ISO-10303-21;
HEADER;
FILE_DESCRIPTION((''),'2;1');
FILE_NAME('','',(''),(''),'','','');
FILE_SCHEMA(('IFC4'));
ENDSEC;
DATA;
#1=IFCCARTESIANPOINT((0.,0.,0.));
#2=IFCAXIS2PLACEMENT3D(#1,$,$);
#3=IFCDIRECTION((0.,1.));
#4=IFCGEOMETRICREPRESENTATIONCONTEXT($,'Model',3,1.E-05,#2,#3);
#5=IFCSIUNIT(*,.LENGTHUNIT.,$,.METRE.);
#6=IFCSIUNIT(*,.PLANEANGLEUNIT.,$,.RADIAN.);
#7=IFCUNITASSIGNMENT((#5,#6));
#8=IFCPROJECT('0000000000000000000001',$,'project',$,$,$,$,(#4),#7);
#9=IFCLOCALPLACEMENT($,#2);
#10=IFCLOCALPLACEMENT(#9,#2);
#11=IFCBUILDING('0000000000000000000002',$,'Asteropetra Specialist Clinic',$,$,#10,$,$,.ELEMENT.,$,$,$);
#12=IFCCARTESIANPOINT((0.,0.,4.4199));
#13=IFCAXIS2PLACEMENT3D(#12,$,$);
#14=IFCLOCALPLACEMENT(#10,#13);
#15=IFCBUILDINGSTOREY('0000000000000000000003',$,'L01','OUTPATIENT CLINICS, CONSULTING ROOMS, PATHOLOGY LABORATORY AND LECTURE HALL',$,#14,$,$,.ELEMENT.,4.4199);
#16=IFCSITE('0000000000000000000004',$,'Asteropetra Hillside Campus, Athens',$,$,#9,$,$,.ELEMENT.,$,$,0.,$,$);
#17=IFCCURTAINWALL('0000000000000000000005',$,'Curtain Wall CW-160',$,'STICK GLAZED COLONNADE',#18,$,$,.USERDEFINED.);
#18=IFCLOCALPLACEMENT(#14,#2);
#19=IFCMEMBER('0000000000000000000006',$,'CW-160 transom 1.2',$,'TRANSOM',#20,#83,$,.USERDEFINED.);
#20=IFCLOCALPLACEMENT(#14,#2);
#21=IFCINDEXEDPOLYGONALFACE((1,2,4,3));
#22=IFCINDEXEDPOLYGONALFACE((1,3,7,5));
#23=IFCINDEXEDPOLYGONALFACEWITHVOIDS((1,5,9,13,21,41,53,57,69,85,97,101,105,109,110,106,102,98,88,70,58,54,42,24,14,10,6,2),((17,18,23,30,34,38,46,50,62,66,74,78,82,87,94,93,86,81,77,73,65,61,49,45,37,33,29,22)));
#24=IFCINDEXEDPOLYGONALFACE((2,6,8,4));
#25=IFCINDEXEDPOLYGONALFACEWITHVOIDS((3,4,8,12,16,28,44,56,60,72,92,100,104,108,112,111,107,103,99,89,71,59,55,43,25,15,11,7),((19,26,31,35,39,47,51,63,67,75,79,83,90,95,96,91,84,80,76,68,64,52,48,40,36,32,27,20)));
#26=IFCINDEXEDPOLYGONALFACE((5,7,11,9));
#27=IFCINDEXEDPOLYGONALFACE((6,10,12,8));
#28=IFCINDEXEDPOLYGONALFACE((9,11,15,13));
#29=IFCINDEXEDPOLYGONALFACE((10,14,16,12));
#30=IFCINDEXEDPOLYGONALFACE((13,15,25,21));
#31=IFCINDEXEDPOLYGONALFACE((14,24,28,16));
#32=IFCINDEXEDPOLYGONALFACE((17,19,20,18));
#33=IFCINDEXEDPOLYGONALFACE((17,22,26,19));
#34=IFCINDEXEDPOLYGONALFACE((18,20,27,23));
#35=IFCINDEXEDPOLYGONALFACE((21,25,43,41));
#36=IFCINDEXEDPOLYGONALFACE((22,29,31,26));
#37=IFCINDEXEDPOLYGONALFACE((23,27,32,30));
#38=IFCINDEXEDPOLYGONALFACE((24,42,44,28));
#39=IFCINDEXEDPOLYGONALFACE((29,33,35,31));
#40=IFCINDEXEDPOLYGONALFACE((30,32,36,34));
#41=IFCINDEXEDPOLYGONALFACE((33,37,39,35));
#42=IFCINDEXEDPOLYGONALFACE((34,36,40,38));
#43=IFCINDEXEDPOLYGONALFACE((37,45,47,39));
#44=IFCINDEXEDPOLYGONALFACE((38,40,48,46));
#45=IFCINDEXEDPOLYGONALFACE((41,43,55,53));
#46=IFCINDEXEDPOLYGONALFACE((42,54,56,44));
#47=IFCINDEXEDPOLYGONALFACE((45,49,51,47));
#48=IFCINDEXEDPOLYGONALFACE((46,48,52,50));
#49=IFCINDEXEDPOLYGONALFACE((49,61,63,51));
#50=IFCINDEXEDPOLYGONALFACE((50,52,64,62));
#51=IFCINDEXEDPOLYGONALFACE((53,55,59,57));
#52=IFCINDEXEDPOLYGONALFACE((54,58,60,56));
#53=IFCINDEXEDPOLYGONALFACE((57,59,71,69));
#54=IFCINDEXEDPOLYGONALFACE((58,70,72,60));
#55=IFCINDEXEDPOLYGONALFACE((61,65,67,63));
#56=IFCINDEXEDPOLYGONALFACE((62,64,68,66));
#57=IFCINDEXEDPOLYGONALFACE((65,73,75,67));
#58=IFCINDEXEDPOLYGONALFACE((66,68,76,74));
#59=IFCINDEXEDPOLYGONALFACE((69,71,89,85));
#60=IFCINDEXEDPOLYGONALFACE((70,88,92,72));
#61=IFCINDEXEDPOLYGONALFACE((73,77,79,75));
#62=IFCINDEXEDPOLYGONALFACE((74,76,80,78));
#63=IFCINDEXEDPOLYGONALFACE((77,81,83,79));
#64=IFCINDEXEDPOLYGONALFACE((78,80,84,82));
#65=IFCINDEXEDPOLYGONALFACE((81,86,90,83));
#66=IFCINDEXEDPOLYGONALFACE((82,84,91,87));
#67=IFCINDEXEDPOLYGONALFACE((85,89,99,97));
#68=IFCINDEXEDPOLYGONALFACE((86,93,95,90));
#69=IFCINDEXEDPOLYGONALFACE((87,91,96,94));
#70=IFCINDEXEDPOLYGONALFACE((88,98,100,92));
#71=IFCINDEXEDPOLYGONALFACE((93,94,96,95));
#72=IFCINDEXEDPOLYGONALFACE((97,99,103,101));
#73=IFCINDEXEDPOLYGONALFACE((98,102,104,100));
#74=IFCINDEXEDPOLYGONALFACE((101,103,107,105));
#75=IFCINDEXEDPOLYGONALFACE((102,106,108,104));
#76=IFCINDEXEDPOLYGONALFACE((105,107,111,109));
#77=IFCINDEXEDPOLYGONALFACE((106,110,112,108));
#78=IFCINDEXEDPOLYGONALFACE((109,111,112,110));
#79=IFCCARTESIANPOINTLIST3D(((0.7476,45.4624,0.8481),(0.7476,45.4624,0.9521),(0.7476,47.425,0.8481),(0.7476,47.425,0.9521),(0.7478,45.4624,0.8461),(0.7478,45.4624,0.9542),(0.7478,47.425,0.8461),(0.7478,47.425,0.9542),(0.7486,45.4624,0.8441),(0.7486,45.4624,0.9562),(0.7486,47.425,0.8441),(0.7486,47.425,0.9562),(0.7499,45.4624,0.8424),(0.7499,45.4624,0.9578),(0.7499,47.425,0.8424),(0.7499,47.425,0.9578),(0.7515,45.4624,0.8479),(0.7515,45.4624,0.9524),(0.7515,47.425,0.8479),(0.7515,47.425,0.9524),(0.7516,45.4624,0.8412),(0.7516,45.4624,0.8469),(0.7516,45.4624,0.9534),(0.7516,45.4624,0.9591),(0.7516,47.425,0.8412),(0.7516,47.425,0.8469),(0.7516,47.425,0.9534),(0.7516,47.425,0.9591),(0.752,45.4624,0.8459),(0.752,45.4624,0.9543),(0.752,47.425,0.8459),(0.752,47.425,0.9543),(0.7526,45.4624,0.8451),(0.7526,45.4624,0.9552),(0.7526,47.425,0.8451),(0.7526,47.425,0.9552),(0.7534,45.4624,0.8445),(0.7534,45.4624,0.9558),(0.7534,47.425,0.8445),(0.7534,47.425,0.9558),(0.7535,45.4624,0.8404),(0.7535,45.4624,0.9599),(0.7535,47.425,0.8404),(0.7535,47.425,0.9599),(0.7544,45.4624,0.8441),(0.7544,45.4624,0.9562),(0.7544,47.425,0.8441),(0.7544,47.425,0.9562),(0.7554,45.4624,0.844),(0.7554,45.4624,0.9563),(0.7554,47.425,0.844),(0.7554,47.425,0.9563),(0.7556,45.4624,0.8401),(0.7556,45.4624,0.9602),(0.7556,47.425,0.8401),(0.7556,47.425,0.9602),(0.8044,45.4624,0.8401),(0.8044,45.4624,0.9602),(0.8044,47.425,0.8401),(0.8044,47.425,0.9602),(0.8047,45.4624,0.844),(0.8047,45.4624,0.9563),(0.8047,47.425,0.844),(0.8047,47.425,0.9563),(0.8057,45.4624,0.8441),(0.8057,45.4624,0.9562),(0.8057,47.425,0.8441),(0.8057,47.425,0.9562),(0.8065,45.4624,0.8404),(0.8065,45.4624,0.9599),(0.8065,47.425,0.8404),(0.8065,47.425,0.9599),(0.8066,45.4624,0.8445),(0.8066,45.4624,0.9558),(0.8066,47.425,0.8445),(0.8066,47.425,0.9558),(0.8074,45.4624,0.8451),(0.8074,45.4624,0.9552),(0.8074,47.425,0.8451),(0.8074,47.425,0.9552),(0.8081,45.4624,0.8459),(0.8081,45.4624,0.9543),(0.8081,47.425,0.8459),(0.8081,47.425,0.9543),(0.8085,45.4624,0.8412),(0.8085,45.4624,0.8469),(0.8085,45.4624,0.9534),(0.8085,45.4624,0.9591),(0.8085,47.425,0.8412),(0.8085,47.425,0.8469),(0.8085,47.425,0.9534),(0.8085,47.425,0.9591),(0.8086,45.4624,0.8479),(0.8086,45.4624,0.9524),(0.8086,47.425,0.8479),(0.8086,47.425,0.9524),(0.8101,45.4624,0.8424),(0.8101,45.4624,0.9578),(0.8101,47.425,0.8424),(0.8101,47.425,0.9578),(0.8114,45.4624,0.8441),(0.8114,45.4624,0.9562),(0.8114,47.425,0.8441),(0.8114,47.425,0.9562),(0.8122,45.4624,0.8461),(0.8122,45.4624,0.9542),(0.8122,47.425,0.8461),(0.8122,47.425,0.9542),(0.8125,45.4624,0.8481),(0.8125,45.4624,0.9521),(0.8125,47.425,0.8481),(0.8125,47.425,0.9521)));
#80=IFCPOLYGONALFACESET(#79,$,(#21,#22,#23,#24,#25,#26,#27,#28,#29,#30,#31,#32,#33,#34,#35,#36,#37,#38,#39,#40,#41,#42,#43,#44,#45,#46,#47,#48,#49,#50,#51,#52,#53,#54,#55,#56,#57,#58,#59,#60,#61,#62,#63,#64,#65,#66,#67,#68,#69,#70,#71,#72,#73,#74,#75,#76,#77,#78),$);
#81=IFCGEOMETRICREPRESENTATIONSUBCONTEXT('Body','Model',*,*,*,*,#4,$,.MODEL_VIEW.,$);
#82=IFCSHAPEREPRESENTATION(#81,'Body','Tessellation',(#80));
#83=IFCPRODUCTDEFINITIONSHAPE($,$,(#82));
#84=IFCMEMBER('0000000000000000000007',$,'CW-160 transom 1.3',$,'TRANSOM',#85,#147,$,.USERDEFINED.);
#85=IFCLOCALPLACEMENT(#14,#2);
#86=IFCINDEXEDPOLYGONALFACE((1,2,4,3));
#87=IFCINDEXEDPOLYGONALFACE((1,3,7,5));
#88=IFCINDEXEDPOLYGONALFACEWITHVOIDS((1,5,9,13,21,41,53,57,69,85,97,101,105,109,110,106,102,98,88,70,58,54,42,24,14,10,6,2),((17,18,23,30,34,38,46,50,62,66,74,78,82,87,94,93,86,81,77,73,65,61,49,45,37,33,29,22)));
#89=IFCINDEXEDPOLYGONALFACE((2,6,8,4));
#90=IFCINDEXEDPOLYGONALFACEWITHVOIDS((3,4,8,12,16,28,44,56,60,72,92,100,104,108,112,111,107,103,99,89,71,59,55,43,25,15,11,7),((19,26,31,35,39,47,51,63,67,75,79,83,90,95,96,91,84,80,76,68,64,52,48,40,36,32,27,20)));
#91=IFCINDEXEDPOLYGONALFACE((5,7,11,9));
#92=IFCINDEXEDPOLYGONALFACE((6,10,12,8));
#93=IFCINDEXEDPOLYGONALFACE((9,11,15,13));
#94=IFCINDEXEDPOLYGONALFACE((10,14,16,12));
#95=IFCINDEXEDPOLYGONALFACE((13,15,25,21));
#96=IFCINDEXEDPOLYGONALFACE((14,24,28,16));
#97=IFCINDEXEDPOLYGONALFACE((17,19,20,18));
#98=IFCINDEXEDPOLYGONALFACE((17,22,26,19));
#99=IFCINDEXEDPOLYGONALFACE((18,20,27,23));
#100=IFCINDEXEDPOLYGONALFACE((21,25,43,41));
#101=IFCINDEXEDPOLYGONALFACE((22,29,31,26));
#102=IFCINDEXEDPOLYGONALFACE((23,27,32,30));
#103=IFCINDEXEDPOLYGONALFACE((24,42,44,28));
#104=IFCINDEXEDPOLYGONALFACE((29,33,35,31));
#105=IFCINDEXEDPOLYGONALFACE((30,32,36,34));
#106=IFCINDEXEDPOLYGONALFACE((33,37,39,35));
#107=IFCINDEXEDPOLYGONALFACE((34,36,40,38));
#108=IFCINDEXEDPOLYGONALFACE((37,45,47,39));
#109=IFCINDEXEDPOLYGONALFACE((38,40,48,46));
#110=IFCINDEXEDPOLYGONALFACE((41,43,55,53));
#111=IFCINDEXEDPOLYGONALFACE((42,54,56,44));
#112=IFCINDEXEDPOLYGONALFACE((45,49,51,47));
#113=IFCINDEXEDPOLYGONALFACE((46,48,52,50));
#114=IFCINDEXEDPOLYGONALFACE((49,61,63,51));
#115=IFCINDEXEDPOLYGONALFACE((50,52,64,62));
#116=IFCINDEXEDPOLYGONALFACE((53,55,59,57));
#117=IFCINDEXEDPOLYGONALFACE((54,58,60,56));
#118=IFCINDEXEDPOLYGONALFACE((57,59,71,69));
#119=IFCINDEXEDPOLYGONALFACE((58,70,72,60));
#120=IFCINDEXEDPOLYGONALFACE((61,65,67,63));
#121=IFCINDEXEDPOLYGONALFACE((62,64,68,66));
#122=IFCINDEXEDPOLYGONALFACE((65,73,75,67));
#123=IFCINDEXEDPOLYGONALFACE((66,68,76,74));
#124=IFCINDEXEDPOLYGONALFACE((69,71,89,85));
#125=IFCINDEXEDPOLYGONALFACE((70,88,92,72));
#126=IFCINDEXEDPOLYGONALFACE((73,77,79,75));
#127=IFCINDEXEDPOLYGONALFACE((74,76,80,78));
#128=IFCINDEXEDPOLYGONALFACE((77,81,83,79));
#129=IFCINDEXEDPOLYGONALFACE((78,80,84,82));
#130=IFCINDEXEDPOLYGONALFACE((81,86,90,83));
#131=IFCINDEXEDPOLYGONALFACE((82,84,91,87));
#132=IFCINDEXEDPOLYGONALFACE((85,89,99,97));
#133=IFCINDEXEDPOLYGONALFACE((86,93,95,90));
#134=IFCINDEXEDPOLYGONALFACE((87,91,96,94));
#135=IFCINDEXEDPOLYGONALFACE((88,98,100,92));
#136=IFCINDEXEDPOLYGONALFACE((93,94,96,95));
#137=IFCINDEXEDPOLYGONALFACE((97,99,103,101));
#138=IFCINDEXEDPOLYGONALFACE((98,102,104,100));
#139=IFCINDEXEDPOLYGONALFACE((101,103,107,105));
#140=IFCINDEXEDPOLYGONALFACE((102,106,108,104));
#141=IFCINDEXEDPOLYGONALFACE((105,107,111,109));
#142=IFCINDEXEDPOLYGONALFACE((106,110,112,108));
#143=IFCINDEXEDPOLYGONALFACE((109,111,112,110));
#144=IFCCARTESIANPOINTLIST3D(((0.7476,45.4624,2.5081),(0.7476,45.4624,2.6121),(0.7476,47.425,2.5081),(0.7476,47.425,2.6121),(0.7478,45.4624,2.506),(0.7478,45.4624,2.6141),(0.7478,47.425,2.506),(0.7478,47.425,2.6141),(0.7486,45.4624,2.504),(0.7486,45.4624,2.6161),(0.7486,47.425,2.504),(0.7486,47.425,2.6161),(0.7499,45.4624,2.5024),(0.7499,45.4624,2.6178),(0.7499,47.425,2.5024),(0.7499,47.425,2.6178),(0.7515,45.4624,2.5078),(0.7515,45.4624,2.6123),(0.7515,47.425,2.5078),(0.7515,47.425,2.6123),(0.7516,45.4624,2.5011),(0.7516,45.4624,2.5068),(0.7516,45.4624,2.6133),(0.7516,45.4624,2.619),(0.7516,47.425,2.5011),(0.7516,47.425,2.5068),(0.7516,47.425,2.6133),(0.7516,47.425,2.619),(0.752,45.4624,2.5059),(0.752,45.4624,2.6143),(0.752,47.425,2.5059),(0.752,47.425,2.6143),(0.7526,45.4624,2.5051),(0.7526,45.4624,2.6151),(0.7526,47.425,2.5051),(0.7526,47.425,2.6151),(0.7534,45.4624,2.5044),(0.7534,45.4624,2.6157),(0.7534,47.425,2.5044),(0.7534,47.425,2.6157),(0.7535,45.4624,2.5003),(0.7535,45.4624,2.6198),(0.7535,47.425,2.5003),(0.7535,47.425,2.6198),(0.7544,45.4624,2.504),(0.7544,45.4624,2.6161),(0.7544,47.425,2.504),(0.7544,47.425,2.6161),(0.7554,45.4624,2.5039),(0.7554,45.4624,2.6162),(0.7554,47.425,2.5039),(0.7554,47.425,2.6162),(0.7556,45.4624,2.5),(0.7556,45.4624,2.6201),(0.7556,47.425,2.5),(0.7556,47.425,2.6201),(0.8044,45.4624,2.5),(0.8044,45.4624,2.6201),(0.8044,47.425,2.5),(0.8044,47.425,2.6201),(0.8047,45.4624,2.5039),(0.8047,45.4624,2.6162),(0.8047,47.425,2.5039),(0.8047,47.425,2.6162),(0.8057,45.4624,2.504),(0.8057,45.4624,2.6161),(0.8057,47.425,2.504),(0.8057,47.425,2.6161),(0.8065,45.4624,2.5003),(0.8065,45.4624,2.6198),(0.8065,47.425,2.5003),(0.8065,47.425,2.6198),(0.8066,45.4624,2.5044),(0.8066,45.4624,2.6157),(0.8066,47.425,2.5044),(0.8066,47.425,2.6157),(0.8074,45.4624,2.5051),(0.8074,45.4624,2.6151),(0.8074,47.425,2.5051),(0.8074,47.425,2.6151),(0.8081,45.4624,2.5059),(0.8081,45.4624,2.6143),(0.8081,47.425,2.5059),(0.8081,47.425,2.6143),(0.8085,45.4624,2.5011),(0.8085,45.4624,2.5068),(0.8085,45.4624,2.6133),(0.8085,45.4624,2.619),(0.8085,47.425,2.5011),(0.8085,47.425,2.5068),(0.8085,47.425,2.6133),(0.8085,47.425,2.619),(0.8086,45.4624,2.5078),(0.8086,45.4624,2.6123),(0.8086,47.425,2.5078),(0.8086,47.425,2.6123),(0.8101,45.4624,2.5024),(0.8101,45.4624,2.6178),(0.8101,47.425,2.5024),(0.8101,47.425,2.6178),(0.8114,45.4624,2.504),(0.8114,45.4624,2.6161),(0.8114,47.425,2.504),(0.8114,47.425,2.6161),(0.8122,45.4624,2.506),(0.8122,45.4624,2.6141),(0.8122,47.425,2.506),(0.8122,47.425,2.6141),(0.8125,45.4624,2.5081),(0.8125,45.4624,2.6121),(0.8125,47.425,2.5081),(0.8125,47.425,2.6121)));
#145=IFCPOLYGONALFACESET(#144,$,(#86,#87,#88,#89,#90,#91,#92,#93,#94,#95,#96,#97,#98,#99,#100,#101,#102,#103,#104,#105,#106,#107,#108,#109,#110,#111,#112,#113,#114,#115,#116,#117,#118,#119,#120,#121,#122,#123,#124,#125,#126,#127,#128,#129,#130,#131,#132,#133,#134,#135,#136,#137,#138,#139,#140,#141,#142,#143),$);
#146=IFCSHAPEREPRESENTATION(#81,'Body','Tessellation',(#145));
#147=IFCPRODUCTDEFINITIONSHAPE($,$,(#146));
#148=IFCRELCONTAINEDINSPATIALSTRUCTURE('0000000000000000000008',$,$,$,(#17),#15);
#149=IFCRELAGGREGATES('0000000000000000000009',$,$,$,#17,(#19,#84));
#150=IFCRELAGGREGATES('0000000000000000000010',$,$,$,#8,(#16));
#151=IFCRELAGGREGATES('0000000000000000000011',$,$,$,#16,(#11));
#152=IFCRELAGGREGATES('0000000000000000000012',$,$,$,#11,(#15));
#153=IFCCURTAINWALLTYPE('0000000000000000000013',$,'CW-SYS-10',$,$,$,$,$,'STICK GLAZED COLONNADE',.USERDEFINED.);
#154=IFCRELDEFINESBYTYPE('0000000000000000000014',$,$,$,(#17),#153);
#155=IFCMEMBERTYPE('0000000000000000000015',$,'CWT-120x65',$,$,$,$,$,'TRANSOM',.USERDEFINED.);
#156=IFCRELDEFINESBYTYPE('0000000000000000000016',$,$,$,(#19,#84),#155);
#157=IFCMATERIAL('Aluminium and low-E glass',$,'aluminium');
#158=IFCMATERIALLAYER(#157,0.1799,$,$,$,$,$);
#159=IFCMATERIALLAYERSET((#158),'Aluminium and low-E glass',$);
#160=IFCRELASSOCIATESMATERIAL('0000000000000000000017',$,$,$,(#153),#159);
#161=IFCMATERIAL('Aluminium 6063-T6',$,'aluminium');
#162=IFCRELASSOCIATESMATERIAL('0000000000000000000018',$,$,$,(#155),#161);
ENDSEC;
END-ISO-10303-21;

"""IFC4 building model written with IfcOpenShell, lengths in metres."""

from ifc_helpers import new_model, si_unit, direction, frame, origin, origin_2d, place, context, subcontext, project, spatial, hollow_rectangle, extrude, material, layer, layer_set, material_profile, profile_set, type_object, element, aggregate, save


model = new_model("IFC4")

# Units and contexts
model_context = context("Model", 3, precision=1e-05, world=origin(), true_north=direction((0.0, 1.0)))
body_context = subcontext(model_context, "Body", "Model", "MODEL_VIEW")
ifc_project = project(units=[si_unit("LENGTHUNIT", "METRE"), si_unit("PLANEANGLEUNIT", "RADIAN")], contexts=[model_context])

# Site, building, storey
site_placement = place(None, origin())
site = spatial("IfcSite", under=ifc_project, at=site_placement, Name="Asteropetra Hillside Campus, Athens", CompositionType="ELEMENT", RefElevation=0.0)
building_placement = place(site_placement, origin())
building = spatial("IfcBuilding", under=site, at=building_placement, Name="Asteropetra Specialist Clinic", CompositionType="ELEMENT")
storey_placement = place(building_placement, frame((0.0, 0.0, 4.4199)))
storey = spatial("IfcBuildingStorey", under=building, at=storey_placement, Name="L01", Description="OUTPATIENT CLINICS, CONSULTING ROOMS, PATHOLOGY LABORATORY AND LECTURE HALL", CompositionType="ELEMENT", Elevation=4.4199)

# Curtain wall
ifc_material_1 = material(Name="Aluminium and low-E glass", Category="aluminium")
ifc_layer_1 = layer(ifc_material_1, 0.1799)
ifc_layer_set_1 = layer_set([ifc_layer_1], Name="Aluminium and low-E glass")
curtain_wall_type = type_object("IfcCurtainWallType", Name="CW-SYS-10", ElementType="STICK GLAZED COLONNADE", PredefinedType="USERDEFINED", material=ifc_layer_set_1)
curtain_wall_1_placement = place(storey_placement, origin())
curtain_wall_1 = element("IfcCurtainWall", 1, at=curtain_wall_1_placement, inside=storey, type_object=curtain_wall_type, Name="Curtain Wall CW-160", ObjectType="STICK GLAZED COLONNADE", PredefinedType="USERDEFINED")

# Members
ifc_material_2 = material(Name="Aluminium 6063-T6", Category="aluminium")
ifc_material_profile_1 = material_profile(ifc_material_2, hollow_rectangle(XDim=0.0649, YDim=0.1201, WallThickness=0.0039, InnerFilletRadius=0.0039, OuterFilletRadius=0.0081, at=origin_2d()), Name="TRN 120x65x4.0")
ifc_profile_set_1 = profile_set([ifc_material_profile_1], Name="Aluminium 6063-T6")
member_type_1 = type_object("IfcMemberType", Name="CWT-120x65", ElementType="TRANSOM", PredefinedType="USERDEFINED", material=ifc_profile_set_1)
member_1_placement = place(storey_placement, frame((0.78, 47.425, 0.9001), z_axis=(0.0, -1.0, 0.0), x_axis=(1.0, 0.0, 0.0)))
member_1 = element("IfcMember", 2, at=member_1_placement, type_object=member_type_1, Name="CW-160 transom 1.2", ObjectType="TRANSOM", PredefinedType="USERDEFINED", context=body_context, shape_type="SweptSolid", body=[
    extrude(hollow_rectangle(XDim=0.0649, YDim=0.1201, WallThickness=0.0039, InnerFilletRadius=0.0039, OuterFilletRadius=0.0081, at=origin_2d()), origin(), (0.0, 0.0, 1.0), 1.9626),
])
member_2_placement = place(storey_placement, frame((0.78, 47.425, 2.5601), z_axis=(0.0, -1.0, 0.0), x_axis=(1.0, 0.0, 0.0)))
member_2 = element("IfcMember", 3, at=member_2_placement, type_object=member_type_1, Name="CW-160 transom 1.3", ObjectType="TRANSOM", PredefinedType="USERDEFINED", context=body_context, shape_type="SweptSolid", body=[
    extrude(hollow_rectangle(XDim=0.0649, YDim=0.1201, WallThickness=0.0039, InnerFilletRadius=0.0039, OuterFilletRadius=0.0081, at=origin_2d()), origin(), (0.0, 0.0, 1.0), 1.9626),
])
aggregate(curtain_wall_1, [member_1, member_2])

save(model, "model.ifc")
